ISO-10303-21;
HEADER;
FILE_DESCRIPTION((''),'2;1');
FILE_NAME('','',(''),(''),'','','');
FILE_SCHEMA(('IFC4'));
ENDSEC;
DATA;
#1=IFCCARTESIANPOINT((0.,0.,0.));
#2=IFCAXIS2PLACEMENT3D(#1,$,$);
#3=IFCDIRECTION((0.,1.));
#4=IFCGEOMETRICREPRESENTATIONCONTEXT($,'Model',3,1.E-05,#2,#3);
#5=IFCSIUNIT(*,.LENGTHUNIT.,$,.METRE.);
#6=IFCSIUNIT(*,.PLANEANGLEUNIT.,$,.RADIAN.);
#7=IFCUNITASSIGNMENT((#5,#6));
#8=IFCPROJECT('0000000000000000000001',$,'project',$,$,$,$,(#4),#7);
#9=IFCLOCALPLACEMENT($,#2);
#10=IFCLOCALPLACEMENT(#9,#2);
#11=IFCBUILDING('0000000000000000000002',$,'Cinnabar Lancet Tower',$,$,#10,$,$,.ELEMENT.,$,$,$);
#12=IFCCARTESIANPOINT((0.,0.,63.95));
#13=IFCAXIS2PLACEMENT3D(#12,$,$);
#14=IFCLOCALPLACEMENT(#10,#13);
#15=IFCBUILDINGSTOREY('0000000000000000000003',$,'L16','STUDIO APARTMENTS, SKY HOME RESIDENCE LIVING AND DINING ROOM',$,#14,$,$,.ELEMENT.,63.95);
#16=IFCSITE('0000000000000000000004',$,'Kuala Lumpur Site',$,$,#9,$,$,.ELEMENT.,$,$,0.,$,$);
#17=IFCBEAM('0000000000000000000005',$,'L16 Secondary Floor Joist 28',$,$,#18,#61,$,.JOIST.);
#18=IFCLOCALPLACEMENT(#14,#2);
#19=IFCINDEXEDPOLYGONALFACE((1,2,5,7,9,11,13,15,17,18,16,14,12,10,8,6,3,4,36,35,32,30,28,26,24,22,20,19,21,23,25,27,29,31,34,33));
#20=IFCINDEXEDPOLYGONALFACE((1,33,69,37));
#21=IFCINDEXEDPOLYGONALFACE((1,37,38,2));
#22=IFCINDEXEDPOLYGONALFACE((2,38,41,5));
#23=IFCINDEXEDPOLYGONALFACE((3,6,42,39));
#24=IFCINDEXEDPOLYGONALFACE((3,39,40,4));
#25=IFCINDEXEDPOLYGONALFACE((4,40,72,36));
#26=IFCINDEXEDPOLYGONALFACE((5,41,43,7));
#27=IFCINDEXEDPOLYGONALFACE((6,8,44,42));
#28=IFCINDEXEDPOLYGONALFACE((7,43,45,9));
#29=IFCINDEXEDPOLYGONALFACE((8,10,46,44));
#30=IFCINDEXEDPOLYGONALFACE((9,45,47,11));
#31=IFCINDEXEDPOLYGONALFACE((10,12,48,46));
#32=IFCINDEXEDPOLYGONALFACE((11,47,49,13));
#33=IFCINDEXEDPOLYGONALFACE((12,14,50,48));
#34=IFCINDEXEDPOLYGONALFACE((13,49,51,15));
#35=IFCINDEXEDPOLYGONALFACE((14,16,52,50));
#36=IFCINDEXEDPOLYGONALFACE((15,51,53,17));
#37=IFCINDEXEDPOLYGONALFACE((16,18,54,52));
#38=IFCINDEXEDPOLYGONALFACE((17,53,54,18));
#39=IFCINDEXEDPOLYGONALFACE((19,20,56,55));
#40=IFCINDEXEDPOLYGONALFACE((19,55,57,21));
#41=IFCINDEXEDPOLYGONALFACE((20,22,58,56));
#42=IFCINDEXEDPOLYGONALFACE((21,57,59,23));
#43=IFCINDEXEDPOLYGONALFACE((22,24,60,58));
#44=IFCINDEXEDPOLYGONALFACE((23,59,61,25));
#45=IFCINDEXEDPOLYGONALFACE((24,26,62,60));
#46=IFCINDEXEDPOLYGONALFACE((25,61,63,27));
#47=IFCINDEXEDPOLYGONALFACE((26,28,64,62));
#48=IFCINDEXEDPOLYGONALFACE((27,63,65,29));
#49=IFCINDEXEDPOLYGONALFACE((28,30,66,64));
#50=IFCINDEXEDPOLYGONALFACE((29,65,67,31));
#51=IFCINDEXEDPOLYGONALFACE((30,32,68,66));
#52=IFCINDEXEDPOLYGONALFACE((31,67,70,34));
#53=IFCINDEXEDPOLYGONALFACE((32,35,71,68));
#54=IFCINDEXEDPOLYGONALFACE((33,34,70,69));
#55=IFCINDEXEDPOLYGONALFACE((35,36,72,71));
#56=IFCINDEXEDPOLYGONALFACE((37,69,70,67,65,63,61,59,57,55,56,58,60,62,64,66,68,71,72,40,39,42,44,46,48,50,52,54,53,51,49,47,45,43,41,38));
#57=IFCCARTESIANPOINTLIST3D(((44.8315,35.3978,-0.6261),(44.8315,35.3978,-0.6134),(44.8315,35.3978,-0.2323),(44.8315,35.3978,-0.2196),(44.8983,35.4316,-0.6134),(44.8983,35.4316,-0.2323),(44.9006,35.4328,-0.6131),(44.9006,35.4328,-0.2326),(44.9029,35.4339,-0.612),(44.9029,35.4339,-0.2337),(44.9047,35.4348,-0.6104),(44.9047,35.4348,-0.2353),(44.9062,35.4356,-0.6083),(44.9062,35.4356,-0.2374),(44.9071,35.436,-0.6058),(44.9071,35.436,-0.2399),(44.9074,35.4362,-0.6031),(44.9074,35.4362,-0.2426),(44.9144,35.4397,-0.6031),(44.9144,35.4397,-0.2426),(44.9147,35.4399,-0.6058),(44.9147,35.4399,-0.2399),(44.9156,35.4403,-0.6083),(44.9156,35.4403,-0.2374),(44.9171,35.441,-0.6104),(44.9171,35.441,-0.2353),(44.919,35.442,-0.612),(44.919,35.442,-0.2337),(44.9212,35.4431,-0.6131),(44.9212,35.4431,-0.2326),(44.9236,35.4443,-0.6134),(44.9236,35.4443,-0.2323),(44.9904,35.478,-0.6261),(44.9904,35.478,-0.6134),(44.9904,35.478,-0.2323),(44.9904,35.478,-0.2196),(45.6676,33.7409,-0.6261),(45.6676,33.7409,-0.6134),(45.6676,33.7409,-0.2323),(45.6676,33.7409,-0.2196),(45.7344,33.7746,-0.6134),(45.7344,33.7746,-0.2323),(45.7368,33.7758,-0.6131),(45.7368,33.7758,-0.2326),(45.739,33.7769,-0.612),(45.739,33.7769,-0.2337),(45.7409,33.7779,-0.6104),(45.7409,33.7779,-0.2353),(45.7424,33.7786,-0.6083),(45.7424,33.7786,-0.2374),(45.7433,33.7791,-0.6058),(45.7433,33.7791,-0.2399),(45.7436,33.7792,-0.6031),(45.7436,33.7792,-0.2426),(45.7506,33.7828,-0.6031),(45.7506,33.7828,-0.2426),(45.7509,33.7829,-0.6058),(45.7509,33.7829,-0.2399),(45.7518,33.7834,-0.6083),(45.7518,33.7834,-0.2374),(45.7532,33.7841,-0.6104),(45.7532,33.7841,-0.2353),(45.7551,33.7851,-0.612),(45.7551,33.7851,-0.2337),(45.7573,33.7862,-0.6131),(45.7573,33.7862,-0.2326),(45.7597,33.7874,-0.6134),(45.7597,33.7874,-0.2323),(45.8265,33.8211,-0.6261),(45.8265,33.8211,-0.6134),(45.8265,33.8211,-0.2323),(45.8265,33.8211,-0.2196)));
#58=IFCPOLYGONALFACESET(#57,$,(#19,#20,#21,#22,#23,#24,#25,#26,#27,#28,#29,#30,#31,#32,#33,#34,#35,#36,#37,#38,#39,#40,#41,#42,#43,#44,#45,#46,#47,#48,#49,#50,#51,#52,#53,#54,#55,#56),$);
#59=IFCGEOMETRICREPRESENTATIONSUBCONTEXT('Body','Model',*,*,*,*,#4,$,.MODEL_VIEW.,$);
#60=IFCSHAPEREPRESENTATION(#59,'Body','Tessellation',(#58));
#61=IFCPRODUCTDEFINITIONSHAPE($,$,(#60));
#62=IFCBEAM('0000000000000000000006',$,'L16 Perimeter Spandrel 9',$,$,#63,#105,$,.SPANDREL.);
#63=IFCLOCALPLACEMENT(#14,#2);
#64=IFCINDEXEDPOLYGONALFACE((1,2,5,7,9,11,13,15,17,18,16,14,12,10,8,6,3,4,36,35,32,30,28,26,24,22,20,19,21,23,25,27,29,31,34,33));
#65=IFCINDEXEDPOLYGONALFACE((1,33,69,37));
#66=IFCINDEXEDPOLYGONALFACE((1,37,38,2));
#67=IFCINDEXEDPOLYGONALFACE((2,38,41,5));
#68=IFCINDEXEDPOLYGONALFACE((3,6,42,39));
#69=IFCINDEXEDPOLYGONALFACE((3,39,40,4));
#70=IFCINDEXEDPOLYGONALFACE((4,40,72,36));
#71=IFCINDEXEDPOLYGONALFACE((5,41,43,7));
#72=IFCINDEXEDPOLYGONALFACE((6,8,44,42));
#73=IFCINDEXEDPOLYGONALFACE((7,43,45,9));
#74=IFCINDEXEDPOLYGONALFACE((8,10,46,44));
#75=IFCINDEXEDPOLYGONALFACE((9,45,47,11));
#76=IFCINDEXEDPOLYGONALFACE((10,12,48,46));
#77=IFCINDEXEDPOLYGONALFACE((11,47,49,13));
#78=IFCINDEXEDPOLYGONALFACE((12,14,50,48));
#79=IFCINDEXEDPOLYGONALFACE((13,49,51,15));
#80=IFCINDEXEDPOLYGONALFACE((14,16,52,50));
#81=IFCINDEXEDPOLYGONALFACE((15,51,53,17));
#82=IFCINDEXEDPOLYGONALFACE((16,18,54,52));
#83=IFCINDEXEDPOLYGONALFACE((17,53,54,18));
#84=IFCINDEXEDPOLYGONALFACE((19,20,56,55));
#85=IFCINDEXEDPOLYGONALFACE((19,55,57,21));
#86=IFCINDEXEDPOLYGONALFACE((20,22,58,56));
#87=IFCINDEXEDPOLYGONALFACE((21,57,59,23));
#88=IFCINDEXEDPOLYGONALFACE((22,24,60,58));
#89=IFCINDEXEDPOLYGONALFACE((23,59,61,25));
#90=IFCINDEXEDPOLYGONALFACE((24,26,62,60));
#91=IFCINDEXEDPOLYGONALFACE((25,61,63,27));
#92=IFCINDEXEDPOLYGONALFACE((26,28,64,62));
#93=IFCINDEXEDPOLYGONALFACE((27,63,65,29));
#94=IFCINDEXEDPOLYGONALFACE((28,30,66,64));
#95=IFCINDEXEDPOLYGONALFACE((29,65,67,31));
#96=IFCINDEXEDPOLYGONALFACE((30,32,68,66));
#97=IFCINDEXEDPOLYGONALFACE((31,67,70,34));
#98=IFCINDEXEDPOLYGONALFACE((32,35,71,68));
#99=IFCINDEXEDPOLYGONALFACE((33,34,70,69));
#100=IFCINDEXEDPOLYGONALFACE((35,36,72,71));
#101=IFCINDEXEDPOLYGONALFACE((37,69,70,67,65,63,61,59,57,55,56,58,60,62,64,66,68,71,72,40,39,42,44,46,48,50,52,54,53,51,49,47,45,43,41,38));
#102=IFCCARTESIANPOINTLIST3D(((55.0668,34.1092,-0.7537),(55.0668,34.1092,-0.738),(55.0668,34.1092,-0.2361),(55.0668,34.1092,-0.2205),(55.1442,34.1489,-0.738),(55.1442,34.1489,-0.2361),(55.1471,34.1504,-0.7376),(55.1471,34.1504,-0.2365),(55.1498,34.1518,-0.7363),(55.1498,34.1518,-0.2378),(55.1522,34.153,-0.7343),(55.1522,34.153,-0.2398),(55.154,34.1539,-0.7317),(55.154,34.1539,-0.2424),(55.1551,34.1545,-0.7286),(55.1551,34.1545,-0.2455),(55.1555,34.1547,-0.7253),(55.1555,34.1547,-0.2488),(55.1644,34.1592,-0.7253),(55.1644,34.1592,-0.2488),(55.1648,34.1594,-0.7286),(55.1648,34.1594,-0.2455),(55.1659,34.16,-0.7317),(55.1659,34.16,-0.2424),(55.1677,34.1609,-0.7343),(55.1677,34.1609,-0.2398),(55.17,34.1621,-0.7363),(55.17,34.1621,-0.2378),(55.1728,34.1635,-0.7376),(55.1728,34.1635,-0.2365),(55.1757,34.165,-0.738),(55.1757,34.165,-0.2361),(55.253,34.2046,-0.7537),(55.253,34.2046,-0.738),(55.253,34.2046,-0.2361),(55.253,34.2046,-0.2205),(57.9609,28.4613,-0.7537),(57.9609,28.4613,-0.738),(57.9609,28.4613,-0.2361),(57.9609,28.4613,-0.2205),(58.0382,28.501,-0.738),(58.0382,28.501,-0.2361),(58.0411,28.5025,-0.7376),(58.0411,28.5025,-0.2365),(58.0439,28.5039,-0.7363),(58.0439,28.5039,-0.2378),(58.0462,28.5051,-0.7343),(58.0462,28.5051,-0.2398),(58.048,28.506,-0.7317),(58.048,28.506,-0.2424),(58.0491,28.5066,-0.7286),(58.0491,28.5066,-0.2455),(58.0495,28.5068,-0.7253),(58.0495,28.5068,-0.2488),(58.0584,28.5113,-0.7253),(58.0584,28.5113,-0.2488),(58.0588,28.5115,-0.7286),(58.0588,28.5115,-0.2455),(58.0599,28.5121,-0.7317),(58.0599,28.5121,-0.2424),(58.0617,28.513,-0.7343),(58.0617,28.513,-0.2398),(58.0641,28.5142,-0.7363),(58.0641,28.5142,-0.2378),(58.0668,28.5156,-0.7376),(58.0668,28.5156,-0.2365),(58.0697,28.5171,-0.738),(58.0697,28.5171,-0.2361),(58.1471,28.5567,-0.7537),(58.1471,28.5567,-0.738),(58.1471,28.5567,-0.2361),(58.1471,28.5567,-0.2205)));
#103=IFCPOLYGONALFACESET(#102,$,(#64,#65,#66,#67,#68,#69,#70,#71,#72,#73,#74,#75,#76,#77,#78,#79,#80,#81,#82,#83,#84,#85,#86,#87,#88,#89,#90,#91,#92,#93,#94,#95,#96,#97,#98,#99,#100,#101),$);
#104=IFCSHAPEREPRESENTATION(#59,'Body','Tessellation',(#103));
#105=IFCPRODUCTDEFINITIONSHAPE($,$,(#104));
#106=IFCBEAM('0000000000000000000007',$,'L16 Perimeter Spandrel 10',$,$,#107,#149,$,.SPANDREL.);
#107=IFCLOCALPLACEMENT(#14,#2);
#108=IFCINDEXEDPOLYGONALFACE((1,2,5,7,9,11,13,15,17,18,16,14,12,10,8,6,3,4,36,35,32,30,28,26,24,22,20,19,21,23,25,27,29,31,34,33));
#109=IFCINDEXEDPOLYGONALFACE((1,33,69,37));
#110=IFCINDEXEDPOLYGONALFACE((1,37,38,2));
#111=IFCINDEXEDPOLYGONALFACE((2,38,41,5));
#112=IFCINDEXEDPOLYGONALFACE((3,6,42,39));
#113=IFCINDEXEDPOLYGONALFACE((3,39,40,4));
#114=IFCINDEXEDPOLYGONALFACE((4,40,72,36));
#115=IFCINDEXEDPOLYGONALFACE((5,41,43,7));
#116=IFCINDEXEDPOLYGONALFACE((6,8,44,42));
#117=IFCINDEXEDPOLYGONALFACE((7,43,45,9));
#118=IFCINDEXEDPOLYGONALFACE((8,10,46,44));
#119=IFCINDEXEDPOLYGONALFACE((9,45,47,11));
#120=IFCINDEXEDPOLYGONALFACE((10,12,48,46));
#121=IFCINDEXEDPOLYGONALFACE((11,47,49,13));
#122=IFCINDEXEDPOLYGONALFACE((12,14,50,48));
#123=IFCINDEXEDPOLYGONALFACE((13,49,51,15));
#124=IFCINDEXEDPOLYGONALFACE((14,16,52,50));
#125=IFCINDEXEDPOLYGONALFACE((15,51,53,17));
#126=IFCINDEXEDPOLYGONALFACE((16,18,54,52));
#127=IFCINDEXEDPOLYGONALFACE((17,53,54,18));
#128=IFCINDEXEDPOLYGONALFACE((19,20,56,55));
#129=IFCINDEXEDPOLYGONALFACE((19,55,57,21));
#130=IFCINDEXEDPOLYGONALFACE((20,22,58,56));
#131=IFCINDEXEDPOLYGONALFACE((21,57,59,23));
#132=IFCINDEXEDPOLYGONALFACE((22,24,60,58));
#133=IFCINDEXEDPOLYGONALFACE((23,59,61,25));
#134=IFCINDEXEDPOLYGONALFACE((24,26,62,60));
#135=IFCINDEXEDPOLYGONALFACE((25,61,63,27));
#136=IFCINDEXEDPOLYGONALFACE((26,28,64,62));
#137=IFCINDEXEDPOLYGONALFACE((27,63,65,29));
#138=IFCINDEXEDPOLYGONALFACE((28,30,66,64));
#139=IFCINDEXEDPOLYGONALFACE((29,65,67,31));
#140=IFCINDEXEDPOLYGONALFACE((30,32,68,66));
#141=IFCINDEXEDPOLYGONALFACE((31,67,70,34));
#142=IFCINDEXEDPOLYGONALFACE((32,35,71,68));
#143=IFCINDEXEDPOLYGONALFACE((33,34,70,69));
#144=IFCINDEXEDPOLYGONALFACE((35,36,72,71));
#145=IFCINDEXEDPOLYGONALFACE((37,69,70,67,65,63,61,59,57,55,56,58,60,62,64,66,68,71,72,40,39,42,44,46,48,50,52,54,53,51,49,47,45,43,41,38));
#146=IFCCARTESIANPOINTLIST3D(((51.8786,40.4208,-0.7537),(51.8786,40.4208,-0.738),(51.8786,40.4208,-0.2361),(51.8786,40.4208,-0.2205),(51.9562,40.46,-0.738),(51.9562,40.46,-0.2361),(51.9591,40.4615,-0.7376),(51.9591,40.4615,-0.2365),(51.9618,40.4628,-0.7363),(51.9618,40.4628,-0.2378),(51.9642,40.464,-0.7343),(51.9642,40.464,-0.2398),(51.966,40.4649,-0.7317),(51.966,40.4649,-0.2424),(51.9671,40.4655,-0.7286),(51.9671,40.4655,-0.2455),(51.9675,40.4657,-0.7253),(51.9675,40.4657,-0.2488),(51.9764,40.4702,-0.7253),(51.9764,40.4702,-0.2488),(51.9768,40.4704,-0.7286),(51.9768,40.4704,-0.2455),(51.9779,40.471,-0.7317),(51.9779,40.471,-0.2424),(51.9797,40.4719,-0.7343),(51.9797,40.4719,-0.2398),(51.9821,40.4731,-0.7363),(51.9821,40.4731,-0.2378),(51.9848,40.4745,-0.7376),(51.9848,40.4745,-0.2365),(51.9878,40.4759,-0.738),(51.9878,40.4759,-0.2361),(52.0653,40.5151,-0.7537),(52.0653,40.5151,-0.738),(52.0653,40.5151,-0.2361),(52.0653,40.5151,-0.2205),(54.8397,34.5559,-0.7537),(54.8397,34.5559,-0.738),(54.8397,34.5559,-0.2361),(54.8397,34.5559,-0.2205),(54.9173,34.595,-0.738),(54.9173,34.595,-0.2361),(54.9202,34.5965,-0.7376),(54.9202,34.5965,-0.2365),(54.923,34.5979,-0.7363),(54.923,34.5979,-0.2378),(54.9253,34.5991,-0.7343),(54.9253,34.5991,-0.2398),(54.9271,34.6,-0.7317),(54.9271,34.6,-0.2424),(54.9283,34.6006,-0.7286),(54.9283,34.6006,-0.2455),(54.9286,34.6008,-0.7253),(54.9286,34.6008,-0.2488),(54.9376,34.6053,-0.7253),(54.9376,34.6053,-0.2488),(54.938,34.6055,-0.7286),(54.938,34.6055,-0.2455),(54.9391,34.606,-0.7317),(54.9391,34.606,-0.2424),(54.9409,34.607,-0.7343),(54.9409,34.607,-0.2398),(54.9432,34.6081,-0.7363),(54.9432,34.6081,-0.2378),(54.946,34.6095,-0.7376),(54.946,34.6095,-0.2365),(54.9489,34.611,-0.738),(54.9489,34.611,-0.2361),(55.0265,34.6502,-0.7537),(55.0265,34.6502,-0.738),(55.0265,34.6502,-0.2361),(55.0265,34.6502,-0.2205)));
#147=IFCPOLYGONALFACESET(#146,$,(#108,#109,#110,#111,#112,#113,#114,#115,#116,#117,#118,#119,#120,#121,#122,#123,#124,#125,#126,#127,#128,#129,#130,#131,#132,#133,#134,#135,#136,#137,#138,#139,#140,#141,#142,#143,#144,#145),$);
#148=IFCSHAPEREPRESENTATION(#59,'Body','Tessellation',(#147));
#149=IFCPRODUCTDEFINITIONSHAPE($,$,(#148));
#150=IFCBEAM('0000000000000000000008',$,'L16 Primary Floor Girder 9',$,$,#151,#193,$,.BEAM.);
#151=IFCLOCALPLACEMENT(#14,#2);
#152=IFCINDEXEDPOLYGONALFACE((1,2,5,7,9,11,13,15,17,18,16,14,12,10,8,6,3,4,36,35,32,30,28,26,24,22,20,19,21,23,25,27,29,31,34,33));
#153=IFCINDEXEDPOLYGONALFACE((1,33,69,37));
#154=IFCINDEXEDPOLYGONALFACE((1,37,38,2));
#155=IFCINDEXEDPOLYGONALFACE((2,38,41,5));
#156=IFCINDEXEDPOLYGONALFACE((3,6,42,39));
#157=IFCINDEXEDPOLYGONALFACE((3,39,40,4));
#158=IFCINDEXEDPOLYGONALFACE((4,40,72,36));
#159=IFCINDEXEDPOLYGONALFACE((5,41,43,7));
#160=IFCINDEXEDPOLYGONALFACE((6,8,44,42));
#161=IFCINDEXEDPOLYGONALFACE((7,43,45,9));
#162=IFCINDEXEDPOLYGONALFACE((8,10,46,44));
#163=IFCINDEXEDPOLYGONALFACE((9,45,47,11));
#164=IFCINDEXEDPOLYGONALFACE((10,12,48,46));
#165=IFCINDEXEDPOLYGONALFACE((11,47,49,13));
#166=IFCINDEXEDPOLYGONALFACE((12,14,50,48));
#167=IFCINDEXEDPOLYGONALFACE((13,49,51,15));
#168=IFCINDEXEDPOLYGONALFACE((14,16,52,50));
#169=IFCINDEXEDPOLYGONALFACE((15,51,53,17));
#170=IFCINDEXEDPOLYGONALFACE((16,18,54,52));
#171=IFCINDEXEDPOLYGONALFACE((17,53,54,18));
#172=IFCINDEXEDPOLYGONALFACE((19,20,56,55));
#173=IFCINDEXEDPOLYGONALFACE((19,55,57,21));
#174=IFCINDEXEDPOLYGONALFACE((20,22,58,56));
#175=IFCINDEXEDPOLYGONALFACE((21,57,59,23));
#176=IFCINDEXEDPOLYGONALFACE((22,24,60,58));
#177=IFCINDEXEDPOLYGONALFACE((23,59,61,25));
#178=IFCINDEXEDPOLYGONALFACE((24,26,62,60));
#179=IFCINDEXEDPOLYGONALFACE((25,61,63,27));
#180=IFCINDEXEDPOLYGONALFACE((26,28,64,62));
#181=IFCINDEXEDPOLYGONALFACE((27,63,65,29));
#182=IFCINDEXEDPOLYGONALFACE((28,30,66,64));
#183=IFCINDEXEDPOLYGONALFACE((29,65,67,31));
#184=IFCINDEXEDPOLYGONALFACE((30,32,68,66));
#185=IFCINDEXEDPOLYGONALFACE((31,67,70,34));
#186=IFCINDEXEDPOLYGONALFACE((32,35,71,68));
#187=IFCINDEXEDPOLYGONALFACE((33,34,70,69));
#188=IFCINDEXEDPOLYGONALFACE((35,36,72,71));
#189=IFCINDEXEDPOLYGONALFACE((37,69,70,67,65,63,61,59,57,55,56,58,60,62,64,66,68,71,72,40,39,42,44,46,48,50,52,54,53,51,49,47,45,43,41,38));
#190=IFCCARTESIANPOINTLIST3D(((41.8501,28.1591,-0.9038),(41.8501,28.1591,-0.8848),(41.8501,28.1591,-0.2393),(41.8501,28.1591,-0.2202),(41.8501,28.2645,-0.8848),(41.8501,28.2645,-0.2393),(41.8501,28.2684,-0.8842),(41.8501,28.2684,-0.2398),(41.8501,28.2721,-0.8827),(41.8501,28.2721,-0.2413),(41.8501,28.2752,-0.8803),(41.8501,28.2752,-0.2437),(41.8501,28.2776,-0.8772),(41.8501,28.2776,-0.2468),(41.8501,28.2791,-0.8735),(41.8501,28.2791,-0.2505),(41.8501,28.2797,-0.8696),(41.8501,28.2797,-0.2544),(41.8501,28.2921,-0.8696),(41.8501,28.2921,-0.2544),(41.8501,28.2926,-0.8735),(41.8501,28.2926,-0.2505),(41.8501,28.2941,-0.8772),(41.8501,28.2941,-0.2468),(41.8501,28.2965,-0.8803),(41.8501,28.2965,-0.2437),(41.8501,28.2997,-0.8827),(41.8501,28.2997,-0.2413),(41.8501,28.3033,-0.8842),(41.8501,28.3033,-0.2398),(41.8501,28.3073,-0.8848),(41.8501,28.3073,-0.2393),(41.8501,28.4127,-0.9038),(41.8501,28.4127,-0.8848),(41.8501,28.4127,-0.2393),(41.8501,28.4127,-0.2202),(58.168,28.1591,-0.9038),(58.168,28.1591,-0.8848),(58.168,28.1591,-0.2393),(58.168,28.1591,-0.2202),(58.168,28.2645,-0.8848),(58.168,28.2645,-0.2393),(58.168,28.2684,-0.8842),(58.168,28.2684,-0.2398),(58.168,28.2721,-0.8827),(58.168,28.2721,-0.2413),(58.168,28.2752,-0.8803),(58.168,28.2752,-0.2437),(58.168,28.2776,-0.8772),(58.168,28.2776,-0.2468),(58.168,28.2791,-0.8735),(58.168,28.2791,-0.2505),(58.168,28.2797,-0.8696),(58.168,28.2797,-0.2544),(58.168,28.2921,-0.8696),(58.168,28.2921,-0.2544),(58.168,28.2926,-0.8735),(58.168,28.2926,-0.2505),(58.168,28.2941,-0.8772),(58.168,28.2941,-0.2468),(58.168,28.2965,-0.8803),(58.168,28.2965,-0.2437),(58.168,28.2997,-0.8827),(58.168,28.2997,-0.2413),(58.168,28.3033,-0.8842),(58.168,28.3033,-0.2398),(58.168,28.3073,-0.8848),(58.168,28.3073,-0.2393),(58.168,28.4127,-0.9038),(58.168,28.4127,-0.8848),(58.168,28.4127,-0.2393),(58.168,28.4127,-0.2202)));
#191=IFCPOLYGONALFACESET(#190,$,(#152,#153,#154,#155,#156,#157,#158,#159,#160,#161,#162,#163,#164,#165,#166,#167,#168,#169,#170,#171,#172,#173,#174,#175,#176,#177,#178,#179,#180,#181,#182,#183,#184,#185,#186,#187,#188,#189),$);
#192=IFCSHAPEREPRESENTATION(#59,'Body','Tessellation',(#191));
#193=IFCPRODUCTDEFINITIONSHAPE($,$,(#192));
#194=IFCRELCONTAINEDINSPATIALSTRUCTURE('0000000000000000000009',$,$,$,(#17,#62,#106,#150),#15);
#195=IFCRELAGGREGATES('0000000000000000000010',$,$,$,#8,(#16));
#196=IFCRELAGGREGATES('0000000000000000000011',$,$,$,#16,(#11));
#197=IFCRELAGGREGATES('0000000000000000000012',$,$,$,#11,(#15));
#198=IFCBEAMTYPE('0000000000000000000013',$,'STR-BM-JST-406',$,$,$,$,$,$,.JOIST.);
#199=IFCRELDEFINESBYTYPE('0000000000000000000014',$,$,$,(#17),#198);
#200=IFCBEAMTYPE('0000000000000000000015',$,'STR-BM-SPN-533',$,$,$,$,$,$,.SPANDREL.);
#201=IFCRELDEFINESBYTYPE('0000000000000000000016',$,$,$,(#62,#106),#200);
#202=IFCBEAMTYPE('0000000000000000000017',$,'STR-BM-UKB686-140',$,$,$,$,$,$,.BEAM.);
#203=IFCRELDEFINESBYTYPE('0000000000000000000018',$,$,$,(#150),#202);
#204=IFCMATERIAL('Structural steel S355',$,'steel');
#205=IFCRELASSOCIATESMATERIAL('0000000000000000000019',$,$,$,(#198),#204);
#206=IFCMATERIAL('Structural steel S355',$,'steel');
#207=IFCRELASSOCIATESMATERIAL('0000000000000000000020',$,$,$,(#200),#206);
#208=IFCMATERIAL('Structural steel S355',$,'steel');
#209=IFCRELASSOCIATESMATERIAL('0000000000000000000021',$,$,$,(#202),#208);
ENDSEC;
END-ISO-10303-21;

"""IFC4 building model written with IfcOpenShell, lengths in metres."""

from ifc_helpers import new_model, si_unit, direction, frame, origin, origin_2d, place, context, subcontext, project, spatial, i_section, extrude, material, material_profile, profile_set, type_object, element, save


model = new_model("IFC4")

# Units and contexts
model_context = context("Model", 3, precision=1e-05, world=origin(), true_north=direction((0.0, 1.0)))
body_context = subcontext(model_context, "Body", "Model", "MODEL_VIEW")
ifc_project = project(units=[si_unit("LENGTHUNIT", "METRE"), si_unit("PLANEANGLEUNIT", "RADIAN")], contexts=[model_context])

# Site, building, storey
site_placement = place(None, origin())
site = spatial("IfcSite", under=ifc_project, at=site_placement, Name="Kuala Lumpur Site", CompositionType="ELEMENT", RefElevation=0.0)
building_placement = place(site_placement, origin())
building = spatial("IfcBuilding", under=site, at=building_placement, Name="Cinnabar Lancet Tower", CompositionType="ELEMENT")
storey_placement = place(building_placement, frame((0.0, 0.0, 63.95)))
storey = spatial("IfcBuildingStorey", under=building, at=storey_placement, Name="L16", Description="STUDIO APARTMENTS, SKY HOME RESIDENCE LIVING AND DINING ROOM", CompositionType="ELEMENT", Elevation=63.95)

# Beams
ifc_material_1 = material(Name="Structural steel S355", Category="steel")
ifc_material_profile_1 = material_profile(ifc_material_1, i_section(OverallWidth=0.178, OverallDepth=0.4065, WebThickness=0.0078, FlangeThickness=0.0127, FilletRadius=0.0103, at=origin_2d()), Name="UKB 406x178x60")
ifc_profile_set_1 = profile_set([ifc_material_profile_1], Name="Structural steel S355")
beam_type_1 = type_object("IfcBeamType", Name="STR-BM-JST-406", PredefinedType="JOIST", material=ifc_profile_set_1)
beam_1_placement = place(storey_placement, frame((45.7471, 33.781, -0.4229), z_axis=(-0.450525, 0.892764, 0.0), x_axis=(-0.892764, -0.450525, 0.0)))
element("IfcBeam", 1, at=beam_1_placement, inside=storey, type_object=beam_type_1, Name="L16 Secondary Floor Joist 28", PredefinedType="JOIST", context=body_context, shape_type="SweptSolid", body=[
    extrude(i_section(OverallWidth=0.178, OverallDepth=0.4065, WebThickness=0.0078, FlangeThickness=0.0127, FilletRadius=0.0103, at=origin_2d()), origin(), (0.0, 0.0, 1.0), 1.856),
])
ifc_material_2 = material(Name="Structural steel S355", Category="steel")
ifc_material_profile_2 = material_profile(ifc_material_2, i_section(OverallWidth=0.2092, OverallDepth=0.5332, WebThickness=0.01, FlangeThickness=0.0156, FilletRadius=0.0127, at=origin_2d()), Name="UKB 533x210x92")
ifc_profile_set_2 = profile_set([ifc_material_profile_2], Name="Structural steel S355")
beam_type_2 = type_object("IfcBeamType", Name="STR-BM-SPN-533", PredefinedType="SPANDREL", material=ifc_profile_set_2)
beam_2_placement = place(storey_placement, frame((58.054, 28.509, -0.4871), z_axis=(-0.456025, 0.889967, 0.0), x_axis=(-0.889967, -0.456025, 0.0)))
element("IfcBeam", 2, at=beam_2_placement, inside=storey, type_object=beam_type_2, Name="L16 Perimeter Spandrel 9", PredefinedType="SPANDREL", context=body_context, shape_type="SweptSolid", body=[
    extrude(i_section(OverallWidth=0.2092, OverallDepth=0.5332, WebThickness=0.01, FlangeThickness=0.0156, FilletRadius=0.0127, at=origin_2d()), origin(), (0.0, 0.0, 1.0), 6.3462),
])
beam_3_placement = place(storey_placement, frame((54.9331, 34.603, -0.4871), z_axis=(-0.450703, 0.892674, 0.0), x_axis=(-0.892674, -0.450703, 0.0)))
element("IfcBeam", 3, at=beam_3_placement, inside=storey, type_object=beam_type_2, Name="L16 Perimeter Spandrel 10", PredefinedType="SPANDREL", context=body_context, shape_type="SweptSolid", body=[
    extrude(i_section(OverallWidth=0.2092, OverallDepth=0.5332, WebThickness=0.01, FlangeThickness=0.0156, FilletRadius=0.0127, at=origin_2d()), origin(), (0.0, 0.0, 1.0), 6.5701),
])
ifc_material_3 = material(Name="Structural steel S355", Category="steel")
ifc_material_profile_3 = material_profile(ifc_material_3, i_section(OverallWidth=0.2537, OverallDepth=0.6836, WebThickness=0.0125, FlangeThickness=0.019, FilletRadius=0.0151, at=origin_2d()), Name="UKB 686x254x140")
ifc_profile_set_3 = profile_set([ifc_material_profile_3], Name="Structural steel S355")
beam_type_3 = type_object("IfcBeamType", Name="STR-BM-UKB686-140", PredefinedType="BEAM", material=ifc_profile_set_3)
beam_4_placement = place(storey_placement, frame((58.168, 28.2859, -0.562), z_axis=(-1.0, 0.0, 0.0), x_axis=(0.0, -1.0, 0.0)))
element("IfcBeam", 4, at=beam_4_placement, inside=storey, type_object=beam_type_3, Name="L16 Primary Floor Girder 9", PredefinedType="BEAM", context=body_context, shape_type="SweptSolid", body=[
    extrude(i_section(OverallWidth=0.2537, OverallDepth=0.6836, WebThickness=0.0125, FlangeThickness=0.019, FilletRadius=0.0151, at=origin_2d()), origin(), (0.0, 0.0, 1.0), 16.3179),
])

save(model, "model.ifc")
